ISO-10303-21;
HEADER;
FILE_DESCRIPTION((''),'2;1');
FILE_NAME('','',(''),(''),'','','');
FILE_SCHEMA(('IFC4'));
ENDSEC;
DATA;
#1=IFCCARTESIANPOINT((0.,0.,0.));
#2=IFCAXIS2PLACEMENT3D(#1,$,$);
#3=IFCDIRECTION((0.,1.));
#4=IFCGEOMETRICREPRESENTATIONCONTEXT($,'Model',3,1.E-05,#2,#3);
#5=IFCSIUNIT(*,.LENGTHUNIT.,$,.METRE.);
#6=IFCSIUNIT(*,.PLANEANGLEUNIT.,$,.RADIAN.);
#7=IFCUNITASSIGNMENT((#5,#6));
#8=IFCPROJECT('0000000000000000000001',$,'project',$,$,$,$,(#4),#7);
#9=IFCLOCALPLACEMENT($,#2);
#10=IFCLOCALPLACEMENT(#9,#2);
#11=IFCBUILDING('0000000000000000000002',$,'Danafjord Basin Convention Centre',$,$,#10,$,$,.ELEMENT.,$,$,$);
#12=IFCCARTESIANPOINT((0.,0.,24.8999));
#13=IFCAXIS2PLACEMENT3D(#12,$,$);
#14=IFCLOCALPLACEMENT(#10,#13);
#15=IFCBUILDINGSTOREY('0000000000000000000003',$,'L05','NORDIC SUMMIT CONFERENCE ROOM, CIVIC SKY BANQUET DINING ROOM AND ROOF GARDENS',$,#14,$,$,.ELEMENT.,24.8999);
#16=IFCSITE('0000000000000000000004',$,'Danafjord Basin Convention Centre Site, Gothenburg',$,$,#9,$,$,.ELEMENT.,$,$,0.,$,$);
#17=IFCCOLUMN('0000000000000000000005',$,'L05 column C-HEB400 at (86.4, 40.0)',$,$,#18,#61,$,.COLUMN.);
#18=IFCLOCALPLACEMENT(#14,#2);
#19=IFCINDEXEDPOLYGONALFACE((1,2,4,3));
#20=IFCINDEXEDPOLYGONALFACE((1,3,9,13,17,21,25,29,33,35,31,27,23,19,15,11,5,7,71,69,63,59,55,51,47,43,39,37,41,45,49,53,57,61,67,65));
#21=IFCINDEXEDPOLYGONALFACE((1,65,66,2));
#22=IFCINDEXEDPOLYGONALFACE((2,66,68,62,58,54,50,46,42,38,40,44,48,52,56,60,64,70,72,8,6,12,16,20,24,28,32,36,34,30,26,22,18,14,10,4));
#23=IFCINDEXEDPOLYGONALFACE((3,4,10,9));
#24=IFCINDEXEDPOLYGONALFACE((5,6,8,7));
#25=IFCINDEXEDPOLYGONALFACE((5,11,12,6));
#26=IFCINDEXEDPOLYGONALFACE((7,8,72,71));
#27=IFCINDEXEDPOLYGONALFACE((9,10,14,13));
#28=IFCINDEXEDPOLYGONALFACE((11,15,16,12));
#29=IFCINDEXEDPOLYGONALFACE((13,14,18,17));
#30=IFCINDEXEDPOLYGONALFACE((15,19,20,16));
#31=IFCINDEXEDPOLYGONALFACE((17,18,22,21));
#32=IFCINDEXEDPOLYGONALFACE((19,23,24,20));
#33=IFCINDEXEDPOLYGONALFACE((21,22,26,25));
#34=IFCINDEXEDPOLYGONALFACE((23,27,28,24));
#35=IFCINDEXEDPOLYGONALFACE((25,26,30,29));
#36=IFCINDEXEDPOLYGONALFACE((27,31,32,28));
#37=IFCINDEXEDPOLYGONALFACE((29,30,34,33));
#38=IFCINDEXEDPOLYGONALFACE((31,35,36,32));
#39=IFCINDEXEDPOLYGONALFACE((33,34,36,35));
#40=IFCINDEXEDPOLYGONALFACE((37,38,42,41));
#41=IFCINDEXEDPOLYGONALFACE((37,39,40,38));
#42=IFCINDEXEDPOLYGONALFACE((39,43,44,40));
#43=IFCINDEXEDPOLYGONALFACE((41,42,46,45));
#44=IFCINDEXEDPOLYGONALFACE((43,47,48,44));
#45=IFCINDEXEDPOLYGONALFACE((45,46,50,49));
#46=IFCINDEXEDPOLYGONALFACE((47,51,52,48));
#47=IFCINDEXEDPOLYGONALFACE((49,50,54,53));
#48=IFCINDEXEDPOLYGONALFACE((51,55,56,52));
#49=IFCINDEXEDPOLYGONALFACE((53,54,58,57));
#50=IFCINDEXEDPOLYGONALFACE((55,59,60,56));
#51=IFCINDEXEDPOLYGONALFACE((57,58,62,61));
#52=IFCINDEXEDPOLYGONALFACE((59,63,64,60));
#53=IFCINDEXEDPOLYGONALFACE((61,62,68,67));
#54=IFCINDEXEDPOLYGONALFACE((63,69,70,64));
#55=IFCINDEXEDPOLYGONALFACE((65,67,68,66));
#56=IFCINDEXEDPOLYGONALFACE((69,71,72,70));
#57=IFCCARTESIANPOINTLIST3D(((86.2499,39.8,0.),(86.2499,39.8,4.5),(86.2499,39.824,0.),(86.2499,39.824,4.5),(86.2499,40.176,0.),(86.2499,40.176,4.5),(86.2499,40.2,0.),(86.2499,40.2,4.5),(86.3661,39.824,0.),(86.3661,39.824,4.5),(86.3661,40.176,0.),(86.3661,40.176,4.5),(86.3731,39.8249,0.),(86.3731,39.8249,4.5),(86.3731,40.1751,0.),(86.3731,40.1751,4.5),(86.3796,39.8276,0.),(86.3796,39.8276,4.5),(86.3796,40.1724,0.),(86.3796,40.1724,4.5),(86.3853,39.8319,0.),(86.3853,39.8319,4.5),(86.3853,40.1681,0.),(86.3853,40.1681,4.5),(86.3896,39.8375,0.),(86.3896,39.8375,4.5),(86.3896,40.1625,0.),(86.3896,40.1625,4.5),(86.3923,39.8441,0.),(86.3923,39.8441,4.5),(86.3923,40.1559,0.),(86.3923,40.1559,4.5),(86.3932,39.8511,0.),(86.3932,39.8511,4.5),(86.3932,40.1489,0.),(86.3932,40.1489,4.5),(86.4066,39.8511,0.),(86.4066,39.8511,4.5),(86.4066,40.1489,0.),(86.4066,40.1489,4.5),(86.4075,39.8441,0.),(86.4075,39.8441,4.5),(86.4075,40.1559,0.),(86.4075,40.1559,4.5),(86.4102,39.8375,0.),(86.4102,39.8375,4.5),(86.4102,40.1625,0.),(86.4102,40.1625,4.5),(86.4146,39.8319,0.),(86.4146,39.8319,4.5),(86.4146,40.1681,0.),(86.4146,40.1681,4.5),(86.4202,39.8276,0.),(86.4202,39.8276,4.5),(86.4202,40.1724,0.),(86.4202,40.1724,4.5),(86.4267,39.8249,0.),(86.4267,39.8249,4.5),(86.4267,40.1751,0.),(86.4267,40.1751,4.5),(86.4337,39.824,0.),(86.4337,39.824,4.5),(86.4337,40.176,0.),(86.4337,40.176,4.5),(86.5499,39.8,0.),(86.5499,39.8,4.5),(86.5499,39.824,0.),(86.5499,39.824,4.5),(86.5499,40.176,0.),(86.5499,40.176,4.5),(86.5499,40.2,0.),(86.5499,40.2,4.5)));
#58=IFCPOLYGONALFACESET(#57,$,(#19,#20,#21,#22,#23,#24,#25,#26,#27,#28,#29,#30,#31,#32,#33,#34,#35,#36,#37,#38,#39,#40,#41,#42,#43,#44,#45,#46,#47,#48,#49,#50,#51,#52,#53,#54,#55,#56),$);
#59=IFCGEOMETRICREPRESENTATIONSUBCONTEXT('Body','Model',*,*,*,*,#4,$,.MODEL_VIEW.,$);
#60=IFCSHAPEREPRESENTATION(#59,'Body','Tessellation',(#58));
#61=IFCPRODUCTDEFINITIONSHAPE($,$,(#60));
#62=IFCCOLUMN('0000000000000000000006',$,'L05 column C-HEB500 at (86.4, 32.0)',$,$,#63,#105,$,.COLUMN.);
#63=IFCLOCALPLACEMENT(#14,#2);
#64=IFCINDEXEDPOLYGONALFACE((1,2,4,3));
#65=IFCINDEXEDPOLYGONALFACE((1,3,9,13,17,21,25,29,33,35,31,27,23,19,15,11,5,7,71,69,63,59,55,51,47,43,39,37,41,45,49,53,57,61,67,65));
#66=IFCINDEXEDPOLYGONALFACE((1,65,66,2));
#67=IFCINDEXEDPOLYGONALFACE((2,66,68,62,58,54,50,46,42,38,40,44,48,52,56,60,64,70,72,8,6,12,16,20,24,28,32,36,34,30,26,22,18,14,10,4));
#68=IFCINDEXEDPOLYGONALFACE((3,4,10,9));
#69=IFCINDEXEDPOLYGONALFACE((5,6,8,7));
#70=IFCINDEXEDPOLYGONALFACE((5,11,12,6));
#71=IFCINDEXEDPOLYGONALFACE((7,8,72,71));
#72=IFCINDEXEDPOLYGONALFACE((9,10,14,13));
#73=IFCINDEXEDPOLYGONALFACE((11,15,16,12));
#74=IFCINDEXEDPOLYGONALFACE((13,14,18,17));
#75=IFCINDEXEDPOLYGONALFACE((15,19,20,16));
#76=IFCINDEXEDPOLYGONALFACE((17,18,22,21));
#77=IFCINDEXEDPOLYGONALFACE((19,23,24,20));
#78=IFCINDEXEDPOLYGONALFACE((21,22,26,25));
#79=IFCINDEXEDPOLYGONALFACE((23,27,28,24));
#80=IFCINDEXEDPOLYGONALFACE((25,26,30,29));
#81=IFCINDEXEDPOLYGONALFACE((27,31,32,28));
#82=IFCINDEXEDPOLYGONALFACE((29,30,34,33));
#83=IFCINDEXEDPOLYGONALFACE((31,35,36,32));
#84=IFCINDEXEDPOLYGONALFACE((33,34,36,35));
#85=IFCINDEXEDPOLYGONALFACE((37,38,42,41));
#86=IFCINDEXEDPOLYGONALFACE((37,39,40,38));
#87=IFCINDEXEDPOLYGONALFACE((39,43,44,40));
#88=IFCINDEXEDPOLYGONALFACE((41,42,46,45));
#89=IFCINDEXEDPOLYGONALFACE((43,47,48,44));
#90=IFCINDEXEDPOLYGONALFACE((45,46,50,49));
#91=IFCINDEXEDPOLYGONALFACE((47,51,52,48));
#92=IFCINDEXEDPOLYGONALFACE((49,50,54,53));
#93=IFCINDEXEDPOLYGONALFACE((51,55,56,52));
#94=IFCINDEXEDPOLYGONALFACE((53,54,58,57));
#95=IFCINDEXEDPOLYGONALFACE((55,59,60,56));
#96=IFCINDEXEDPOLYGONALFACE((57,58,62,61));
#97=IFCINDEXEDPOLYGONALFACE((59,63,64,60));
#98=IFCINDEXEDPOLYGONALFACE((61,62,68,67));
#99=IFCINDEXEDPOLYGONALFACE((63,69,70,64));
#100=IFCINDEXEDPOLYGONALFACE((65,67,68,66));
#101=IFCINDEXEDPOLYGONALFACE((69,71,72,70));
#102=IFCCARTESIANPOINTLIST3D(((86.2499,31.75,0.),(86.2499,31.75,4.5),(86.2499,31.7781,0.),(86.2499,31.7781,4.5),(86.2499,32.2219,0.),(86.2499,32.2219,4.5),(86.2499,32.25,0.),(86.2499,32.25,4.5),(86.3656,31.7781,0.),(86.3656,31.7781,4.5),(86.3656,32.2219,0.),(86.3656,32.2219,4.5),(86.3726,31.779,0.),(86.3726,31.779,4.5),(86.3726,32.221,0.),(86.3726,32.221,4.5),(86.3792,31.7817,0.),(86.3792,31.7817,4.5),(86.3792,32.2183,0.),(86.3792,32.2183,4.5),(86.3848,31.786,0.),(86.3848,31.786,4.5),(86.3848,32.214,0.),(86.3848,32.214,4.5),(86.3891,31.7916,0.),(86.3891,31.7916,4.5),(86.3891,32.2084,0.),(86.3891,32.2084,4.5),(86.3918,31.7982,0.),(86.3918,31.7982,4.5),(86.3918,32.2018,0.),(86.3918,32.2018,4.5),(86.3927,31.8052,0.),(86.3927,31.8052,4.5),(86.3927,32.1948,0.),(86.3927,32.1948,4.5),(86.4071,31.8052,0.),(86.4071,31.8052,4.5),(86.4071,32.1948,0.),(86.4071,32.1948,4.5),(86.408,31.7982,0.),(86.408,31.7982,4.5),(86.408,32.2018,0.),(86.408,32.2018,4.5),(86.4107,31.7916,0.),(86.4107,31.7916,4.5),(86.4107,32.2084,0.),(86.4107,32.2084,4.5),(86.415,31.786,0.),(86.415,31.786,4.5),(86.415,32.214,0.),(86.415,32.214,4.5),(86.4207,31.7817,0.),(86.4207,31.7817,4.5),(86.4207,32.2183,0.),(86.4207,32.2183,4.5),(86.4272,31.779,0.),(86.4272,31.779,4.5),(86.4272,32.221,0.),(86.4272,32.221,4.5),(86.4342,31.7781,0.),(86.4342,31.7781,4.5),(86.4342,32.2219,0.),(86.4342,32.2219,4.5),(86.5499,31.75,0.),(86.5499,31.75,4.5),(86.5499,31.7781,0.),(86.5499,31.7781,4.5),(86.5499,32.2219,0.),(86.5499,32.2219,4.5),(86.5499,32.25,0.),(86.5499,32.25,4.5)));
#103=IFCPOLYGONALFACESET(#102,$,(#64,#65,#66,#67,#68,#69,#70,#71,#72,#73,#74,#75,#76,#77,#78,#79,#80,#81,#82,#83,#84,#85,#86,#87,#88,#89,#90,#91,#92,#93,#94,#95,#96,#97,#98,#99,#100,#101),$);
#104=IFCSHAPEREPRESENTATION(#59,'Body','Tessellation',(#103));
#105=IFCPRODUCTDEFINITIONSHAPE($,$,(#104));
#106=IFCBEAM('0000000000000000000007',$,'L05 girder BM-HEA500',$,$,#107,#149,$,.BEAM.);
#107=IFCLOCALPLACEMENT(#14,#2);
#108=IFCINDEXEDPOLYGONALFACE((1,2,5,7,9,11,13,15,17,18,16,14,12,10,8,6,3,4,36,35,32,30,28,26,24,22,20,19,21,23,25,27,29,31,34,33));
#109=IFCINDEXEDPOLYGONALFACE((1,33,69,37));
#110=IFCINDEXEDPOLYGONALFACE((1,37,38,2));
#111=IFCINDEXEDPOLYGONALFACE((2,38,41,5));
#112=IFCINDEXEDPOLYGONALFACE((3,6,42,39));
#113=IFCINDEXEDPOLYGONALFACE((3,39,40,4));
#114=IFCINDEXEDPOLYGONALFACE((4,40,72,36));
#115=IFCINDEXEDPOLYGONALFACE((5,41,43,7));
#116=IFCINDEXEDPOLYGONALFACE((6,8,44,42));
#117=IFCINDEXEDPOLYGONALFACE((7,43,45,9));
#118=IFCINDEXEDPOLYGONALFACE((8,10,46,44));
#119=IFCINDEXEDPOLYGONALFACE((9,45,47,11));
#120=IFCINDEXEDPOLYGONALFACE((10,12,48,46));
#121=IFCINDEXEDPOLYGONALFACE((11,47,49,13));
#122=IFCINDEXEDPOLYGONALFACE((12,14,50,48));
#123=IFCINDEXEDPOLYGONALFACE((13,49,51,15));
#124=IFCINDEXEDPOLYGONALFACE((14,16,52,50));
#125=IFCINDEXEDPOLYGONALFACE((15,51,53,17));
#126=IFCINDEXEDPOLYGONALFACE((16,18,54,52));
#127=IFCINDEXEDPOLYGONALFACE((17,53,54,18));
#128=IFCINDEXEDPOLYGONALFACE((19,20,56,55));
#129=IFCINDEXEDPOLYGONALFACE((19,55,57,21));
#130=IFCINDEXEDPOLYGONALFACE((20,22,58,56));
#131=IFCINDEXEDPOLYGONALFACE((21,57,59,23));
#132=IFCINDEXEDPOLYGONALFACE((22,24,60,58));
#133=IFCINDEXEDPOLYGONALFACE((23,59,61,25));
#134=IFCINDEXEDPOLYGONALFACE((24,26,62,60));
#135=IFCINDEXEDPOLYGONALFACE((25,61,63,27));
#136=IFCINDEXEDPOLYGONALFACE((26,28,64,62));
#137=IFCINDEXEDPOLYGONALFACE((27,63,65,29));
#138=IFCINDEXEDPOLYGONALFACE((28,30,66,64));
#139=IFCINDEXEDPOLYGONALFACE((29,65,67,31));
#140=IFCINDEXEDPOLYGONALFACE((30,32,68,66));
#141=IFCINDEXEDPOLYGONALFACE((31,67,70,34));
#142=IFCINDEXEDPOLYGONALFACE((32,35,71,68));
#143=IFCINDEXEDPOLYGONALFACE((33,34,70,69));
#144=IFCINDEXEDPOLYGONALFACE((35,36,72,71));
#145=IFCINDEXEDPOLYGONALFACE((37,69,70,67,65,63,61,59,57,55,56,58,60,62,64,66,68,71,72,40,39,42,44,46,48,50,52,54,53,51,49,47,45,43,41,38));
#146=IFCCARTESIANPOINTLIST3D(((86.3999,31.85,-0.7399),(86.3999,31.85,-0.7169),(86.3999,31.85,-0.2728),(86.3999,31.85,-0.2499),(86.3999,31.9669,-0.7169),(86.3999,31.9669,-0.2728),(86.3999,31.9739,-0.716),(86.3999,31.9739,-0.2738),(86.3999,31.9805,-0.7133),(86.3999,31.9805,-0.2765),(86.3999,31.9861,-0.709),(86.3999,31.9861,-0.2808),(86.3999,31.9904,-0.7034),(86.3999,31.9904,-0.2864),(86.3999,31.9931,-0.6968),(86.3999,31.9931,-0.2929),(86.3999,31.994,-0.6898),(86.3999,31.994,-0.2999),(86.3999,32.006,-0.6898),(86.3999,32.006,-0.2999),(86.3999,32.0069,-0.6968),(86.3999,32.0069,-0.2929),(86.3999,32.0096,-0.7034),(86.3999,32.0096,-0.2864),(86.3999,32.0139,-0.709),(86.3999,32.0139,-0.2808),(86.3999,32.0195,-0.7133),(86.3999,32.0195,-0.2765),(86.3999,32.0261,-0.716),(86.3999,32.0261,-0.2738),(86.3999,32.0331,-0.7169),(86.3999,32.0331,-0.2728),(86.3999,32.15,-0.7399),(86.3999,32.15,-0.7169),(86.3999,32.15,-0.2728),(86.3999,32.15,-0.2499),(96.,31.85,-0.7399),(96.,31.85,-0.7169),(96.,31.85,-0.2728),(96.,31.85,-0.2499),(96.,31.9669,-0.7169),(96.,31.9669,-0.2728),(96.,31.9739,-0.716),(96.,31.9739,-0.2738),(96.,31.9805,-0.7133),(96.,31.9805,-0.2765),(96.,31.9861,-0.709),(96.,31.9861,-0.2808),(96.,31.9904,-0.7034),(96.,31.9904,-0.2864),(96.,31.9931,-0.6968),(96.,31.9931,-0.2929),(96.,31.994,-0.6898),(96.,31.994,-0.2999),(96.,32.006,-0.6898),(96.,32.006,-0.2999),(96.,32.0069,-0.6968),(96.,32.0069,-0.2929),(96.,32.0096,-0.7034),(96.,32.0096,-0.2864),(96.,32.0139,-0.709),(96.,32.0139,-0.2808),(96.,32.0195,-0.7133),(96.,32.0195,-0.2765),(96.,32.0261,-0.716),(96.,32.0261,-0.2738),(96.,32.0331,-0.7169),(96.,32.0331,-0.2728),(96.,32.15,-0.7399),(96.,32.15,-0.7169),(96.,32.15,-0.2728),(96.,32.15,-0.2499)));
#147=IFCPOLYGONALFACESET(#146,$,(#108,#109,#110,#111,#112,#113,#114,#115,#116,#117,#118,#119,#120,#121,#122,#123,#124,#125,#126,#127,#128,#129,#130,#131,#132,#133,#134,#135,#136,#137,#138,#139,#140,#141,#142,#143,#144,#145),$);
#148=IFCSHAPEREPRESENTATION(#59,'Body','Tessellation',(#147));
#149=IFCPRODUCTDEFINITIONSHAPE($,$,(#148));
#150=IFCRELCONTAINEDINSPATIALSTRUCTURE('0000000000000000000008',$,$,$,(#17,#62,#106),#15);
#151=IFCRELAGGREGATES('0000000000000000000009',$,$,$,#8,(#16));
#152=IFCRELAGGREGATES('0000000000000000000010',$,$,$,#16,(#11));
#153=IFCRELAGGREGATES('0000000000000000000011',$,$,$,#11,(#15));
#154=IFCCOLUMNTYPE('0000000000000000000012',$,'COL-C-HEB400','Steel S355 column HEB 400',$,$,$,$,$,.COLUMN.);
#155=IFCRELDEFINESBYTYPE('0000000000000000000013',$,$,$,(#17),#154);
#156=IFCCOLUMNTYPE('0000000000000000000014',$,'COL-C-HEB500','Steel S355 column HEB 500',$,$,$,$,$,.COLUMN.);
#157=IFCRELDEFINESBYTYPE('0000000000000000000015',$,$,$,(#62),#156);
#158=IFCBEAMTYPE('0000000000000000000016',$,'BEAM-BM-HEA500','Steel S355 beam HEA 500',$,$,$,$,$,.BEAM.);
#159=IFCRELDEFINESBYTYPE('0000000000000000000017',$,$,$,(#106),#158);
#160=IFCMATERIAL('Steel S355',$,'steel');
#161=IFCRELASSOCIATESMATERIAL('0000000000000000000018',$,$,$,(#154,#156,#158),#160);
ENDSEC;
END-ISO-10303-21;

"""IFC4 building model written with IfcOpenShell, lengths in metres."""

from ifc_helpers import new_model, si_unit, direction, frame, origin, origin_2d, place, context, subcontext, project, spatial, i_section, extrude, material, material_profile, profile_set, type_object, element, save


model = new_model("IFC4")

# Units and contexts
model_context = context("Model", 3, precision=1e-05, world=origin(), true_north=direction((0.0, 1.0)))
body_context = subcontext(model_context, "Body", "Model", "MODEL_VIEW")
ifc_project = project(units=[si_unit("LENGTHUNIT", "METRE"), si_unit("PLANEANGLEUNIT", "RADIAN")], contexts=[model_context])

# Site, building, storey
site_placement = place(None, origin())
site = spatial("IfcSite", under=ifc_project, at=site_placement, Name="Danafjord Basin Convention Centre Site, Gothenburg", CompositionType="ELEMENT", RefElevation=0.0)
building_placement = place(site_placement, origin())
building = spatial("IfcBuilding", under=site, at=building_placement, Name="Danafjord Basin Convention Centre", CompositionType="ELEMENT")
storey_placement = place(building_placement, frame((0.0, 0.0, 24.8999)))
storey = spatial("IfcBuildingStorey", under=building, at=storey_placement, Name="L05", Description="NORDIC SUMMIT CONFERENCE ROOM, CIVIC SKY BANQUET DINING ROOM AND ROOF GARDENS", CompositionType="ELEMENT", Elevation=24.8999)

# Columns
ifc_material_1 = material(Name="Steel S355", Category="steel")
ifc_material_profile_1 = material_profile(ifc_material_1, i_section(OverallWidth=0.3, OverallDepth=0.3999, WebThickness=0.0134, FlangeThickness=0.0239, FilletRadius=0.0271, at=origin_2d()), Name="HEB 400")
ifc_profile_set_1 = profile_set([ifc_material_profile_1], Name="Steel S355")
column_type_1 = type_object("IfcColumnType", Name="COL-C-HEB400", Description="Steel S355 column HEB 400", PredefinedType="COLUMN", material=ifc_profile_set_1)
column_1_placement = place(storey_placement, frame((86.3999, 40.0, 0.0), z_axis=(0.0, 0.0, 1.0), x_axis=(1.0, 0.0, 0.0)))
element("IfcColumn", 1, at=column_1_placement, inside=storey, type_object=column_type_1, Name="L05 column C-HEB400 at (86.4, 40.0)", PredefinedType="COLUMN", context=body_context, shape_type="SweptSolid", body=[
    extrude(i_section(OverallWidth=0.3, OverallDepth=0.3999, WebThickness=0.0134, FlangeThickness=0.0239, FilletRadius=0.0271, at=origin_2d()), origin(), (0.0, 0.0, 1.0), 4.5),
])
ifc_material_profile_2 = material_profile(ifc_material_1, i_section(OverallWidth=0.3, OverallDepth=0.5, WebThickness=0.0144, FlangeThickness=0.0281, FilletRadius=0.0271, at=origin_2d()), Name="HEB 500")
ifc_profile_set_2 = profile_set([ifc_material_profile_2], Name="Steel S355")
column_type_2 = type_object("IfcColumnType", Name="COL-C-HEB500", Description="Steel S355 column HEB 500", PredefinedType="COLUMN", material=ifc_profile_set_2)
column_2_placement = place(storey_placement, frame((86.3999, 32.0, 0.0), z_axis=(0.0, 0.0, 1.0), x_axis=(1.0, 0.0, 0.0)))
element("IfcColumn", 2, at=column_2_placement, inside=storey, type_object=column_type_2, Name="L05 column C-HEB500 at (86.4, 32.0)", PredefinedType="COLUMN", context=body_context, shape_type="SweptSolid", body=[
    extrude(i_section(OverallWidth=0.3, OverallDepth=0.5, WebThickness=0.0144, FlangeThickness=0.0281, FilletRadius=0.0271, at=origin_2d()), origin(), (0.0, 0.0, 1.0), 4.5),
])

# Beam
ifc_material_profile_3 = material_profile(ifc_material_1, i_section(OverallWidth=0.3, OverallDepth=0.49, WebThickness=0.012, FlangeThickness=0.0229, FilletRadius=0.0271, at=origin_2d()), Name="HEA 500")
ifc_profile_set_3 = profile_set([ifc_material_profile_3], Name="Steel S355")
beam_type_1 = type_object("IfcBeamType", Name="BEAM-BM-HEA500", Description="Steel S355 beam HEA 500", PredefinedType="BEAM", material=ifc_profile_set_3)
beam_1_placement = place(storey_placement, frame((86.3999, 32.0, -0.4949), z_axis=(1.0, 0.0, 0.0), x_axis=(0.0, 1.0, 0.0)))
element("IfcBeam", 3, at=beam_1_placement, inside=storey, type_object=beam_type_1, Name="L05 girder BM-HEA500", PredefinedType="BEAM", context=body_context, shape_type="SweptSolid", body=[
    extrude(i_section(OverallWidth=0.3, OverallDepth=0.49, WebThickness=0.012, FlangeThickness=0.0229, FilletRadius=0.0271, at=origin_2d()), origin(), (0.0, 0.0, 1.0), 9.6001),
])

save(model, "model.ifc")
